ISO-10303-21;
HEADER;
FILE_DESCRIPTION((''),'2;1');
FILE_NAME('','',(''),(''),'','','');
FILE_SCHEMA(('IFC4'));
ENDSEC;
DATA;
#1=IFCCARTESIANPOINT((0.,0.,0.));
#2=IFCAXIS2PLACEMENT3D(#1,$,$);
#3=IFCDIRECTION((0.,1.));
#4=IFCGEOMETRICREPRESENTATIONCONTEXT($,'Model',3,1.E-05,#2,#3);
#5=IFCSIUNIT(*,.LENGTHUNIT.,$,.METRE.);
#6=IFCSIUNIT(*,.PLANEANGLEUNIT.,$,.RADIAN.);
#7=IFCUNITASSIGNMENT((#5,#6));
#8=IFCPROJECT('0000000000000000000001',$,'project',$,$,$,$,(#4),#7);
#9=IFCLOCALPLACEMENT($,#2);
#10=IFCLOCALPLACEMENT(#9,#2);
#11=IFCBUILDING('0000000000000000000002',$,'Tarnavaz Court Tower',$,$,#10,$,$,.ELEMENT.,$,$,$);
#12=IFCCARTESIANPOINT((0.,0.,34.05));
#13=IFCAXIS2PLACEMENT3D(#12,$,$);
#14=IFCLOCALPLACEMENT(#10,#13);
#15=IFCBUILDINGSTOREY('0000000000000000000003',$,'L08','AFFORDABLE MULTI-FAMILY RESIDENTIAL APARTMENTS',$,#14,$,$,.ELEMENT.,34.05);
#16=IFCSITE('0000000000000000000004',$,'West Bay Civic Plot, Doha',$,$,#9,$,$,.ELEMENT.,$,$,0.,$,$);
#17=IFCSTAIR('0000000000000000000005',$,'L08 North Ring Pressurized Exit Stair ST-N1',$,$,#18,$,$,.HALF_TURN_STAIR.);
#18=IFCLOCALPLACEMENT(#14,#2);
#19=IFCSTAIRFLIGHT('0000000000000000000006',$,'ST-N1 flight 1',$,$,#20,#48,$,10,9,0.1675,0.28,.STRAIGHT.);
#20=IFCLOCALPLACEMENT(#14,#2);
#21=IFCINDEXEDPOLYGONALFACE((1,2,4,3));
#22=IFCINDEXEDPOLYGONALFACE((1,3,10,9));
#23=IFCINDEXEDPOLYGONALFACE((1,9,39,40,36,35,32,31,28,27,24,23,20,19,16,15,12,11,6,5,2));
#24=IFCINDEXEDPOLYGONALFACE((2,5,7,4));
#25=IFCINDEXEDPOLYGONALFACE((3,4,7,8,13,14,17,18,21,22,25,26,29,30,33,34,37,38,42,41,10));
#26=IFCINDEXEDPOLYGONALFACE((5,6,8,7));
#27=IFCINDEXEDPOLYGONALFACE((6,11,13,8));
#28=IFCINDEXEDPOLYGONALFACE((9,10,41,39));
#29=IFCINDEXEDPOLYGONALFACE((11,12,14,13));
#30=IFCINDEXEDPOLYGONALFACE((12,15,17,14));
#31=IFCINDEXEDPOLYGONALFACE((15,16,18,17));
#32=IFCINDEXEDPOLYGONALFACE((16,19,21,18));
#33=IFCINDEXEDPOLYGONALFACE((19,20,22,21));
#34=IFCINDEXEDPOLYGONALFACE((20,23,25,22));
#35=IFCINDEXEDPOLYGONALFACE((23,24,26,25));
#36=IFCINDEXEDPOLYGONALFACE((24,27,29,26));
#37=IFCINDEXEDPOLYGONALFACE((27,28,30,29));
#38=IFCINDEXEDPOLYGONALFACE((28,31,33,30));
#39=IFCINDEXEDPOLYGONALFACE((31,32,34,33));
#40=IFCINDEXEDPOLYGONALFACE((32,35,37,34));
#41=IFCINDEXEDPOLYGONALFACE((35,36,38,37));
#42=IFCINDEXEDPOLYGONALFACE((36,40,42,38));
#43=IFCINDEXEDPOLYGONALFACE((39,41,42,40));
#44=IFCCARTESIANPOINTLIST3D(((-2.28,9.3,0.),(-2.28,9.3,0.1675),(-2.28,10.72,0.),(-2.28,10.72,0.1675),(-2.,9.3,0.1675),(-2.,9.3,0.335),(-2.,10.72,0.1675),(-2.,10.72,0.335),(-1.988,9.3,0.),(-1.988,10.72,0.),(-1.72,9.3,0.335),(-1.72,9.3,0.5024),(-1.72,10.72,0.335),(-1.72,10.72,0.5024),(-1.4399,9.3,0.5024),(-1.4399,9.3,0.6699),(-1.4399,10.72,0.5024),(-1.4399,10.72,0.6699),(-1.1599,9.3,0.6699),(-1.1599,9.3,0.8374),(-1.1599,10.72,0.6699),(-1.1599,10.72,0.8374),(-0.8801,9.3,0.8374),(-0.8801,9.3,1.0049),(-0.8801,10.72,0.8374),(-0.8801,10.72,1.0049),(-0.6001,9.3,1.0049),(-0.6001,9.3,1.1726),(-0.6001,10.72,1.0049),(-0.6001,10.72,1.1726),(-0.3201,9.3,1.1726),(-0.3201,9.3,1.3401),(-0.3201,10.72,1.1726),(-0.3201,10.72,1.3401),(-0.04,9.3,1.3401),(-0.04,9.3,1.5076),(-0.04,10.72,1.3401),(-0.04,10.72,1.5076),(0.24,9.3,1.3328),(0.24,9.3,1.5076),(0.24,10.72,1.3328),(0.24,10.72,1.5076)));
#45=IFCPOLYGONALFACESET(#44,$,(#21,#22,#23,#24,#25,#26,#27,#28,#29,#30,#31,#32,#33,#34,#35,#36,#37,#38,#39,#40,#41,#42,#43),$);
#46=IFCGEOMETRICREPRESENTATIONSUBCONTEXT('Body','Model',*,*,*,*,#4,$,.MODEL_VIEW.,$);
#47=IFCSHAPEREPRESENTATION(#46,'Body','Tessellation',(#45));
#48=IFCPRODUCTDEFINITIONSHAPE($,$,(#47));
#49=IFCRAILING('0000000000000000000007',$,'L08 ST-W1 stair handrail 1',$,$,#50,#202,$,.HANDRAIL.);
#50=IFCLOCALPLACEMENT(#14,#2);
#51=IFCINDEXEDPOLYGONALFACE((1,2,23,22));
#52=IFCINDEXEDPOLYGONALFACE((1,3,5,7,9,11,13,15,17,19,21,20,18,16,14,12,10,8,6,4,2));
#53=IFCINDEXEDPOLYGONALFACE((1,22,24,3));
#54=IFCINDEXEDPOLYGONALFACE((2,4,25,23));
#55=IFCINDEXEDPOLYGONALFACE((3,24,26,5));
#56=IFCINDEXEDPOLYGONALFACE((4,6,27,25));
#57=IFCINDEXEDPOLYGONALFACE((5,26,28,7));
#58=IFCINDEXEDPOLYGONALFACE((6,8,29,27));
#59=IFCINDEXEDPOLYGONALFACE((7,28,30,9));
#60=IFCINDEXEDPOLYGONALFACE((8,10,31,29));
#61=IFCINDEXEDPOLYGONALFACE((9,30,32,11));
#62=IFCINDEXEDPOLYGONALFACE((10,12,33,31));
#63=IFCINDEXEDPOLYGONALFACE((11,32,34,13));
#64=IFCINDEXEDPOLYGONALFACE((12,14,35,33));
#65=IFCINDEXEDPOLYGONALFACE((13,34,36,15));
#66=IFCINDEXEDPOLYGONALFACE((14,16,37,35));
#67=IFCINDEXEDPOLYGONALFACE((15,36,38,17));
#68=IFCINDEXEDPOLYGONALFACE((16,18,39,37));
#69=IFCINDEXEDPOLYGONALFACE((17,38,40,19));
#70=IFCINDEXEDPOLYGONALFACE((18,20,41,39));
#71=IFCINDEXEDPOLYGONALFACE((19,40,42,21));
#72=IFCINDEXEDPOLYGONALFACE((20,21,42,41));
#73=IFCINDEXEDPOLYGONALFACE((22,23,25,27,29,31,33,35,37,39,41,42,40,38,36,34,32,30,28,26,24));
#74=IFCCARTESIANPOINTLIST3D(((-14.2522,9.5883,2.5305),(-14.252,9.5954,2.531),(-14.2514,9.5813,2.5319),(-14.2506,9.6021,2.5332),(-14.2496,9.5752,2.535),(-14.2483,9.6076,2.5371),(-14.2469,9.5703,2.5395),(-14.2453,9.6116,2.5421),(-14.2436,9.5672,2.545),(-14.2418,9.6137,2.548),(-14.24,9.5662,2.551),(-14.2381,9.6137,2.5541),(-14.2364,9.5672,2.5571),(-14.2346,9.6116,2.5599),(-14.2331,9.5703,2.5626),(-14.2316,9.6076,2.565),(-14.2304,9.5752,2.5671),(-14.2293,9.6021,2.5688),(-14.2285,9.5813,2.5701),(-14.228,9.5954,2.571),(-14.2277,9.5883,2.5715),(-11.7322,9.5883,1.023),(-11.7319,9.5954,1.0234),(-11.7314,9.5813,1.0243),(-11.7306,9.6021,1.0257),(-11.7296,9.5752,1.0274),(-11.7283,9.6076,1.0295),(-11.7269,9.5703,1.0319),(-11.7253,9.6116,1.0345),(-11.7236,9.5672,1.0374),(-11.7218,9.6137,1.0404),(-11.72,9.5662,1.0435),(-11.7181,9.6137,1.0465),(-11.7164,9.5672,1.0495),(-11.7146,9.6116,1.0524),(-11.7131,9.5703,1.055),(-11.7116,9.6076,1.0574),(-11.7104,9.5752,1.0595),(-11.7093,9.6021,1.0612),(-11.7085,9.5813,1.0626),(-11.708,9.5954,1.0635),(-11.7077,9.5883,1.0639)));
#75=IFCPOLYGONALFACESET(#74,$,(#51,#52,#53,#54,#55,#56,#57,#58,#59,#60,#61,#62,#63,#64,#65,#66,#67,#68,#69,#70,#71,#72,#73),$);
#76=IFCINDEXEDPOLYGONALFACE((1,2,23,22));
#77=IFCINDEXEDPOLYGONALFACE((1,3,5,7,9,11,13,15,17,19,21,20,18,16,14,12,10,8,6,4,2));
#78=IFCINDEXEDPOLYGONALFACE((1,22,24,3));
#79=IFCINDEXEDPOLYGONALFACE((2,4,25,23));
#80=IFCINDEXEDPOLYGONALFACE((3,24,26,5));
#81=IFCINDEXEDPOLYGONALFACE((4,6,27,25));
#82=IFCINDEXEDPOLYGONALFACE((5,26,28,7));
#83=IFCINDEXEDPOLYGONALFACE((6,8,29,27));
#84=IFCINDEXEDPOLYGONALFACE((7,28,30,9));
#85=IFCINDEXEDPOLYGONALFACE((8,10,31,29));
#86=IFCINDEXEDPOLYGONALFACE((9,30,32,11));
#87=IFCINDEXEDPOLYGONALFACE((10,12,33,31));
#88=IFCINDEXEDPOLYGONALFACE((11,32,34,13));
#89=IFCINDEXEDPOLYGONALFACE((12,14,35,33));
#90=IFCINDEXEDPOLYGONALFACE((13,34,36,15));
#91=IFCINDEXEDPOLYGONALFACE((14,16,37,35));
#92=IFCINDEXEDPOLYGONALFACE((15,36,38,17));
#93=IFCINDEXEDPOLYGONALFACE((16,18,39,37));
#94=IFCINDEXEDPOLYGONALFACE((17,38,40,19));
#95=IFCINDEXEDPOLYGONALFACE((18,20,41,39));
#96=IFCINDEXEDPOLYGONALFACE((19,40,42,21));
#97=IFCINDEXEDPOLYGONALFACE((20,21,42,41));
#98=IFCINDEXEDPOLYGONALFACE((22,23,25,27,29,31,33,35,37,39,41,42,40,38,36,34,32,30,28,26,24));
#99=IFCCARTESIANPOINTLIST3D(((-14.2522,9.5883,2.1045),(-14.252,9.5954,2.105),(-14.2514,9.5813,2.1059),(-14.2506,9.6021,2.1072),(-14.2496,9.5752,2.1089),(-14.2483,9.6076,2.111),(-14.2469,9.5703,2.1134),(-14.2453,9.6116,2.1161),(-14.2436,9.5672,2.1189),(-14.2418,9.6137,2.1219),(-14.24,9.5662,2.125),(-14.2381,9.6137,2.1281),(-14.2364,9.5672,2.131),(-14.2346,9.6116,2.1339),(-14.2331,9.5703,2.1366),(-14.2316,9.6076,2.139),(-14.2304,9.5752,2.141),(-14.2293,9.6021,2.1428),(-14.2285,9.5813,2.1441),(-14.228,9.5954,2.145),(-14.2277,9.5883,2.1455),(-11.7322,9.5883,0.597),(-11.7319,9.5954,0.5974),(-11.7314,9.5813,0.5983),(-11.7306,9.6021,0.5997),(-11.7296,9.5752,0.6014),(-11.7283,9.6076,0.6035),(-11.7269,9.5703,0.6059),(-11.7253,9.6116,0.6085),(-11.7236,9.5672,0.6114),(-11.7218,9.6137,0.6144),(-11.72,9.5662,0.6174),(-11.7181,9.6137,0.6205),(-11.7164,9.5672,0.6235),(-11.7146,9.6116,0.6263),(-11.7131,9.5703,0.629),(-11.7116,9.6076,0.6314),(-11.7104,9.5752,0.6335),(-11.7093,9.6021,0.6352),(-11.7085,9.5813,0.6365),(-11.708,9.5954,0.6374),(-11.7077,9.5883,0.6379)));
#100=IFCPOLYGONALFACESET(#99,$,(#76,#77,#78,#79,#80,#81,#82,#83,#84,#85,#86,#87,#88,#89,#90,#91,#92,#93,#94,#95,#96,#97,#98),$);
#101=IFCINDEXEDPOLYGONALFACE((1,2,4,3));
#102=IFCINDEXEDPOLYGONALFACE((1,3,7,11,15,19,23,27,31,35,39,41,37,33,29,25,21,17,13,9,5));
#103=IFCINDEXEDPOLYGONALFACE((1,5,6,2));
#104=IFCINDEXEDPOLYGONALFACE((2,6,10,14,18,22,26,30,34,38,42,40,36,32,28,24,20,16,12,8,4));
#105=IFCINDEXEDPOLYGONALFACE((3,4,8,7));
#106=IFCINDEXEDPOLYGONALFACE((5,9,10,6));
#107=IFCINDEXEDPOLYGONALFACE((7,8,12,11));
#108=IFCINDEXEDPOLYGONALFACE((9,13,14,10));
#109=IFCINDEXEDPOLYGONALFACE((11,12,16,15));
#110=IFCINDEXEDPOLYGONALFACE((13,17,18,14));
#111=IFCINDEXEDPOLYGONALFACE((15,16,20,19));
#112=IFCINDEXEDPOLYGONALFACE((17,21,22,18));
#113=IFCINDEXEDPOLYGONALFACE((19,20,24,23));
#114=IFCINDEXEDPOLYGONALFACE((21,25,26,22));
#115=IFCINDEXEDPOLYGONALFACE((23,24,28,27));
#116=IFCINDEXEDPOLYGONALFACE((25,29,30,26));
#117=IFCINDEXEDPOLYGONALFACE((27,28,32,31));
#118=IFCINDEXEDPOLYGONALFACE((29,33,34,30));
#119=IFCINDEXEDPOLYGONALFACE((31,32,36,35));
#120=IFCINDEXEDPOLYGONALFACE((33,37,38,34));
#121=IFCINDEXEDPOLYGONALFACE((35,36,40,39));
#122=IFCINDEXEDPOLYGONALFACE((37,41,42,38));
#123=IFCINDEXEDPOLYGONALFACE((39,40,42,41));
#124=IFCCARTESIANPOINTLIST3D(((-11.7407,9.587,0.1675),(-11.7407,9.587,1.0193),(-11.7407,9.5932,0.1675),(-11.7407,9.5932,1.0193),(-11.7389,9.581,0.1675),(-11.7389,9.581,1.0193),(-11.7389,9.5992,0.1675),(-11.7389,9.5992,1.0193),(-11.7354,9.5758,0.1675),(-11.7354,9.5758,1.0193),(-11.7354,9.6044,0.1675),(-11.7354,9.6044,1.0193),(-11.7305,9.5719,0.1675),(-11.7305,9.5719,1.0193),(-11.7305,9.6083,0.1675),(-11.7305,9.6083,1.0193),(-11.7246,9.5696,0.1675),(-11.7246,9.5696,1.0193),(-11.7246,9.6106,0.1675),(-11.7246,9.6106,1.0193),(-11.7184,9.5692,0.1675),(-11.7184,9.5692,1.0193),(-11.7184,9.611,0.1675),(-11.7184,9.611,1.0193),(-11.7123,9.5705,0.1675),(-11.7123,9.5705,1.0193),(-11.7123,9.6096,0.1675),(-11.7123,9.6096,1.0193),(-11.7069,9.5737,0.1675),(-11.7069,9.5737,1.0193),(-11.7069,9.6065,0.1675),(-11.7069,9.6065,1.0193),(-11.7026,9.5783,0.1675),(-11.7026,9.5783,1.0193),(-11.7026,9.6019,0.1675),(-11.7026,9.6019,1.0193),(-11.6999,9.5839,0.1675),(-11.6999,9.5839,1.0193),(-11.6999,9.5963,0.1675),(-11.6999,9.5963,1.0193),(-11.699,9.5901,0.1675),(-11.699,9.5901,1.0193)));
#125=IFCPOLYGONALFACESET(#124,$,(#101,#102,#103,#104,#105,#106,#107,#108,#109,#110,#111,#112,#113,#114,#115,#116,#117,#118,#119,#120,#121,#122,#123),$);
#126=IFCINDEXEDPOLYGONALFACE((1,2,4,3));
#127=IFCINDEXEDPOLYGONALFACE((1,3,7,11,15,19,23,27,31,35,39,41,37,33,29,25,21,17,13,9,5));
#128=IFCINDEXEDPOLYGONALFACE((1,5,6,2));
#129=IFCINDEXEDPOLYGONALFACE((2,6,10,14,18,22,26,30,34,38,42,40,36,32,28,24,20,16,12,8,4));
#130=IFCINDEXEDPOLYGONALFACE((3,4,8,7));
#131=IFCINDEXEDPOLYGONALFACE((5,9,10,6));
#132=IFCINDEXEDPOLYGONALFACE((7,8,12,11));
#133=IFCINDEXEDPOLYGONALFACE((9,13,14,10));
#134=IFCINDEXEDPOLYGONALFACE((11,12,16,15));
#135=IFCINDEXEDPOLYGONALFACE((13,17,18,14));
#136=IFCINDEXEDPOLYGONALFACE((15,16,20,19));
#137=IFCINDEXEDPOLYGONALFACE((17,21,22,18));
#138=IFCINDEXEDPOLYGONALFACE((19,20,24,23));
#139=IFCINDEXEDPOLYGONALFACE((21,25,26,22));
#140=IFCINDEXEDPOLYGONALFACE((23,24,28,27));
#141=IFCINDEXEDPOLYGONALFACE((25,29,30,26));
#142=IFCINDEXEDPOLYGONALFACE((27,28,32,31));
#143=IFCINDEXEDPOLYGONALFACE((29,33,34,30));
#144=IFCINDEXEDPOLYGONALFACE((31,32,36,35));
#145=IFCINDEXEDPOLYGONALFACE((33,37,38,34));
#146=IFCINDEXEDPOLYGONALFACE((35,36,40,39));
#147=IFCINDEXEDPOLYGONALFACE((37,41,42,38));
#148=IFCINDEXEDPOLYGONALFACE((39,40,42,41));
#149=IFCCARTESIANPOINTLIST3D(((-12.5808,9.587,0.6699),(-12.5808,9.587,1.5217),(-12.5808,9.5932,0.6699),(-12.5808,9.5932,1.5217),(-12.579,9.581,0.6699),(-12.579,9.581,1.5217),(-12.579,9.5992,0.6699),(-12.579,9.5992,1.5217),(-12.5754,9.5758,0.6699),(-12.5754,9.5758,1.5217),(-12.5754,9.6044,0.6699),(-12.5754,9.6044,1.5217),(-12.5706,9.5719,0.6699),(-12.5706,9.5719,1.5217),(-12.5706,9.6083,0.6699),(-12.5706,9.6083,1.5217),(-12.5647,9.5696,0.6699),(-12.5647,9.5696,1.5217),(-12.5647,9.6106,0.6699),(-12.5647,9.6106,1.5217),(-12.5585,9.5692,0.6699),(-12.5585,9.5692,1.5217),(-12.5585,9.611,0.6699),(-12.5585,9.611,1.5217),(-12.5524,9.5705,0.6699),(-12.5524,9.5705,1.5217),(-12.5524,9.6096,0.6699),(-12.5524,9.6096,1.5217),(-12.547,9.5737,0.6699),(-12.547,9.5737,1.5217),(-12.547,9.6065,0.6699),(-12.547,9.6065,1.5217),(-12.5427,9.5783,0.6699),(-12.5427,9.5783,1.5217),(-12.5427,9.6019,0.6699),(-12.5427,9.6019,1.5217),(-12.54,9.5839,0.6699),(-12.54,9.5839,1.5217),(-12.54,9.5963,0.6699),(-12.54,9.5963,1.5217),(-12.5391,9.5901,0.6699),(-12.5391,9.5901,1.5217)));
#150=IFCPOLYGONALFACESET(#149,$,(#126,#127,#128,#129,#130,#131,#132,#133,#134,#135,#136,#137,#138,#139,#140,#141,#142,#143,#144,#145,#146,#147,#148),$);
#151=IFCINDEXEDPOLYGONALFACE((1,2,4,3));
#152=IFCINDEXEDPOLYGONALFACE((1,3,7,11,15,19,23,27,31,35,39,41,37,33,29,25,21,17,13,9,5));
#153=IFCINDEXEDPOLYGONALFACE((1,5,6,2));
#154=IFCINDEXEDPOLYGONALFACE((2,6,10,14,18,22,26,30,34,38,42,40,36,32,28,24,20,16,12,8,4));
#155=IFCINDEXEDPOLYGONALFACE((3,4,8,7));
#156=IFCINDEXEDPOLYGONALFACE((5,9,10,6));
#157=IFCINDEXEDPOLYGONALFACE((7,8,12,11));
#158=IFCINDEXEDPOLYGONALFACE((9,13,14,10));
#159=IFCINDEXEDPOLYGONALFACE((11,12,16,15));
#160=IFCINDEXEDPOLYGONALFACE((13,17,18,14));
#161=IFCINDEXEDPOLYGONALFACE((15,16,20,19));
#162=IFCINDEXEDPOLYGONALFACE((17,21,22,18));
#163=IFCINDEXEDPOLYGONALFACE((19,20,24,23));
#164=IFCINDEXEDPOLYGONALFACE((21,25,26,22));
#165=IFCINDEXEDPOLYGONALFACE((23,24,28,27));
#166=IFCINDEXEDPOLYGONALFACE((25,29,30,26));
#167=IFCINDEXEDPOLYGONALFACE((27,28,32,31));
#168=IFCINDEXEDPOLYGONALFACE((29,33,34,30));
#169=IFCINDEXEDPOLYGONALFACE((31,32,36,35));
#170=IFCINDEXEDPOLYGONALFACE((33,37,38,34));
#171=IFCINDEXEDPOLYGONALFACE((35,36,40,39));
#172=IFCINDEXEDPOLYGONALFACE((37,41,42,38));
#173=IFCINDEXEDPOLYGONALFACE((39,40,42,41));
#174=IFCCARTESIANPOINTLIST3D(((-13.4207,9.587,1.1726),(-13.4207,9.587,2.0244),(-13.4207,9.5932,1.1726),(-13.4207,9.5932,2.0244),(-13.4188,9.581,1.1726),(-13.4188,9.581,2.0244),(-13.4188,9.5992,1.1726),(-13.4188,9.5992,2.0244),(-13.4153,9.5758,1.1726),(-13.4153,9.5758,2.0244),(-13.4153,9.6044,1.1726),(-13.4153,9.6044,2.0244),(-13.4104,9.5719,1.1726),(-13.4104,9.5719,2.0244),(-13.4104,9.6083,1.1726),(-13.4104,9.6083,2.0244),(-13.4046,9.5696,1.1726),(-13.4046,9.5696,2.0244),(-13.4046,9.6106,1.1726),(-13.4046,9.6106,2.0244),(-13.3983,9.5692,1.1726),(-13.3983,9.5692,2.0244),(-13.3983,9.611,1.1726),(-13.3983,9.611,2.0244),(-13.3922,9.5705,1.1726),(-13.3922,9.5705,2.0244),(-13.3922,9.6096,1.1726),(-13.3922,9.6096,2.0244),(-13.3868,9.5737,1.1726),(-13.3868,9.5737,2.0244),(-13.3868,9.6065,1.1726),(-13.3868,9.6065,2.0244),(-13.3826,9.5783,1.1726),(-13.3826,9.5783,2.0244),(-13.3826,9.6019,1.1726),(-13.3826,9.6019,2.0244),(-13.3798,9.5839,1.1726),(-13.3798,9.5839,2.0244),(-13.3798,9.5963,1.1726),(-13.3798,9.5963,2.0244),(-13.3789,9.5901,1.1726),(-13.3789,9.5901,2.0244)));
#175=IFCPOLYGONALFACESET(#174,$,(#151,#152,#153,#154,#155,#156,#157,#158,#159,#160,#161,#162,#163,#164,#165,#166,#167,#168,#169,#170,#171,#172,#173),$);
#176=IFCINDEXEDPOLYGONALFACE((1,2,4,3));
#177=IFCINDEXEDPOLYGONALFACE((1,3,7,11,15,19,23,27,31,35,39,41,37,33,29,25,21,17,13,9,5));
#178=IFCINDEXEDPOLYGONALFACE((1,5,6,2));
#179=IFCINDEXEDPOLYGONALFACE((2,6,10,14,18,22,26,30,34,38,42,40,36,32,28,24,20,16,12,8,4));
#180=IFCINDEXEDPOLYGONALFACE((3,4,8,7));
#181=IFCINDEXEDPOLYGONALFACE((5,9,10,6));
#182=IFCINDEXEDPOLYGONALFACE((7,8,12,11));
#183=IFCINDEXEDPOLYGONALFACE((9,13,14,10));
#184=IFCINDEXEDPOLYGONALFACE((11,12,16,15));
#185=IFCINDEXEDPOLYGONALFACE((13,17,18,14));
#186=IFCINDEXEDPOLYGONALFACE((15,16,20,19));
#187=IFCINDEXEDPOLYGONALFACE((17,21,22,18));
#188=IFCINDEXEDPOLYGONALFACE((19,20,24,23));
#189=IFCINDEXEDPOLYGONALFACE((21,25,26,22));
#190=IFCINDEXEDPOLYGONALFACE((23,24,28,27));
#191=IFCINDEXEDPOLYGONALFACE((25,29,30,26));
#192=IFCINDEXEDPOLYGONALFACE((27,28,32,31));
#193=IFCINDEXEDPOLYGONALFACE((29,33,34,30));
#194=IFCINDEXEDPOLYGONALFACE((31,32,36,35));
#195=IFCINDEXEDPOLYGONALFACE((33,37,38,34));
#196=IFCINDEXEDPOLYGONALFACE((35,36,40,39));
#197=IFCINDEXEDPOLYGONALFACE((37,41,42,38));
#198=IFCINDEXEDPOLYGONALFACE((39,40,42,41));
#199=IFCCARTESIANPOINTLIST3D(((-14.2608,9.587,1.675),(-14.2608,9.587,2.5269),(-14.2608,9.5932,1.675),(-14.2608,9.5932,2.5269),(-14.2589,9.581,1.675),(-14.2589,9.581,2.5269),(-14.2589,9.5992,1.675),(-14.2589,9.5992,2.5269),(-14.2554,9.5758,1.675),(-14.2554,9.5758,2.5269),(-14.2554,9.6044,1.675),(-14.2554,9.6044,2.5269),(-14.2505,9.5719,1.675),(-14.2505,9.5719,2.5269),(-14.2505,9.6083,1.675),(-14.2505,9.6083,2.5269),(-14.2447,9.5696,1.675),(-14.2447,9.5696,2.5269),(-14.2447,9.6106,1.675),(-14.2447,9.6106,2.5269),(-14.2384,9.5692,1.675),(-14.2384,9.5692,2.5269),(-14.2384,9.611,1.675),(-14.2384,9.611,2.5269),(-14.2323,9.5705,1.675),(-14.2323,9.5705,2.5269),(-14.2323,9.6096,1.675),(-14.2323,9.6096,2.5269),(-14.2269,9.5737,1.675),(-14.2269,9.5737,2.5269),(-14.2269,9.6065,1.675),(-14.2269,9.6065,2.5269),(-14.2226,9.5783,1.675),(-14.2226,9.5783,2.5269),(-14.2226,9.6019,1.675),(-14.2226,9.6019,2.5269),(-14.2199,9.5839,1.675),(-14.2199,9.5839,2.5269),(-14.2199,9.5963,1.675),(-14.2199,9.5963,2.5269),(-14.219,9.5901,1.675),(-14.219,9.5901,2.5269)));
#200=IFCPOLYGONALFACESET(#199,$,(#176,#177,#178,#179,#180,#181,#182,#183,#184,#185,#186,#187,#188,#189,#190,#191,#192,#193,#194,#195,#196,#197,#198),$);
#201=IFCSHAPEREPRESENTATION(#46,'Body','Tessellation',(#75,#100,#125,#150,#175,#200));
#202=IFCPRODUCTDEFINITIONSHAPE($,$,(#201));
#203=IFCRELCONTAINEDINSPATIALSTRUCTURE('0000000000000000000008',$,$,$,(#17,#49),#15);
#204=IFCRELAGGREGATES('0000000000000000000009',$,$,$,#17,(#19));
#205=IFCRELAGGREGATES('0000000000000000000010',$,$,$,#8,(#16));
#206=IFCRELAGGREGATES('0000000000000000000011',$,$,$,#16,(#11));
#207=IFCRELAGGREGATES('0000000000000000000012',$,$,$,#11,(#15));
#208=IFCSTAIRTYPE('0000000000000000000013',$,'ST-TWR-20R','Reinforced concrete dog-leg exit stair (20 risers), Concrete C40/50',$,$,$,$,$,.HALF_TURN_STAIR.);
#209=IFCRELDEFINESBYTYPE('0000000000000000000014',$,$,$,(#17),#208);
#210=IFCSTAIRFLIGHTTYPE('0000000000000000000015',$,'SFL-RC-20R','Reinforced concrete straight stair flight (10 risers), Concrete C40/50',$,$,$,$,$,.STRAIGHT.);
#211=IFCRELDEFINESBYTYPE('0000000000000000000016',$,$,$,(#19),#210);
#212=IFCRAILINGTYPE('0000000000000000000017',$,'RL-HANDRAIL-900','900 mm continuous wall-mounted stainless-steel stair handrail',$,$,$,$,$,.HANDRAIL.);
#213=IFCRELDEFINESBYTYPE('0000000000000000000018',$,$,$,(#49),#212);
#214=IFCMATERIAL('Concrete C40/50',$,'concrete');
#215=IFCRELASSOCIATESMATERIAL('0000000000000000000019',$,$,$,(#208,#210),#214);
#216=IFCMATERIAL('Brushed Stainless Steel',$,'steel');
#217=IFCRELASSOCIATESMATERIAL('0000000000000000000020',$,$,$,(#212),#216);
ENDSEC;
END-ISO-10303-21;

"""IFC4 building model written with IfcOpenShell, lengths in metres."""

from ifc_helpers import new_model, si_unit, direction, frame, origin, origin_2d, place, context, subcontext, project, spatial, polyline, circle, outline, extrude, material, type_object, element, aggregate, save


model = new_model("IFC4")

# Units and contexts
model_context = context("Model", 3, precision=1e-05, world=origin(), true_north=direction((0.0, 1.0)))
body_context = subcontext(model_context, "Body", "Model", "MODEL_VIEW")
ifc_project = project(units=[si_unit("LENGTHUNIT", "METRE"), si_unit("PLANEANGLEUNIT", "RADIAN")], contexts=[model_context])

# Site, building, storey
site_placement = place(None, origin())
site = spatial("IfcSite", under=ifc_project, at=site_placement, Name="West Bay Civic Plot, Doha", CompositionType="ELEMENT", RefElevation=0.0)
building_placement = place(site_placement, origin())
building = spatial("IfcBuilding", under=site, at=building_placement, Name="Tarnavaz Court Tower", CompositionType="ELEMENT")
storey_placement = place(building_placement, frame((0.0, 0.0, 34.05)))
storey = spatial("IfcBuildingStorey", under=building, at=storey_placement, Name="L08", Description="AFFORDABLE MULTI-FAMILY RESIDENTIAL APARTMENTS", CompositionType="ELEMENT", Elevation=34.05)

# Stair, stair flight
ifc_material_1 = material(Name="Concrete C40/50", Category="concrete")
stair_type = type_object("IfcStairType", Name="ST-TWR-20R", Description="Reinforced concrete dog-leg exit stair (20 risers), Concrete C40/50", PredefinedType="HALF_TURN_STAIR", material=ifc_material_1)
stair_flight_type = type_object("IfcStairFlightType", Name="SFL-RC-20R", Description="Reinforced concrete straight stair flight (10 risers), Concrete C40/50", PredefinedType="STRAIGHT", material=ifc_material_1)
stair_1_placement = place(storey_placement, origin())
stair_1 = element("IfcStair", 1, at=stair_1_placement, inside=storey, type_object=stair_type, Name="L08 North Ring Pressurized Exit Stair ST-N1", PredefinedType="HALF_TURN_STAIR")
stair_flight_1_placement = place(storey_placement, frame((-2.28, 10.01, 0.0), z_axis=(0.0, 0.0, 1.0), x_axis=(1.0, 0.0, 0.0)))
stair_flight_1 = element("IfcStairFlight", 2, at=stair_flight_1_placement, type_object=stair_flight_type, Name="ST-N1 flight 1", NumberOfRisers=10, NumberOfTreads=9, PredefinedType="STRAIGHT", RiserHeight=0.1675, TreadLength=0.28, context=body_context, shape_type="SweptSolid", body=[
    extrude(outline(polyline([(0.0, 0.0), (0.0, 0.1675), (0.28, 0.1675), (0.28, 0.335), (0.5601, 0.335), (0.5601, 0.5024), (0.8401, 0.5024), (0.8401, 0.6699), (1.1201, 0.6699), (1.1201, 0.8374), (1.3999, 0.8374), (1.3999, 1.0049), (1.6799, 1.0049), (1.6799, 1.1726), (1.96, 1.1726), (1.96, 1.3401), (2.24, 1.3401), (2.24, 1.5076), (2.52, 1.5076), (2.52, 1.675), (2.52, 1.3328), (0.292, 0.0), (0.0, 0.0)])), frame((0.0, 0.71, 0.0), z_axis=(0.0, -1.0, 0.0), x_axis=(1.0, 0.0, 0.0)), (0.0, 0.0, 1.0), 1.4199),
])
aggregate(stair_1, [stair_flight_1])

# Railing
ifc_material_2 = material(Name="Brushed Stainless Steel", Category="steel")
railing_type_1 = type_object("IfcRailingType", Name="RL-HANDRAIL-900", Description="900 mm continuous wall-mounted stainless-steel stair handrail", PredefinedType="HANDRAIL", material=ifc_material_2)
railing_1_placement = place(storey_placement, frame((-11.72, 9.5901, 0.1675)))
element("IfcRailing", 3, at=railing_1_placement, inside=storey, type_object=railing_type_1, Name="L08 ST-W1 stair handrail 1", PredefinedType="HANDRAIL", context=body_context, shape_type="SweptSolid", body=[
    extrude(circle(Radius=0.0239, at=origin_2d()), frame((0.0, 0.0, 0.876), z_axis=(-0.85816, 0.0, 0.513383), x_axis=(0.0, -1.0, 0.0)), (0.0, 0.0, 1.0), 2.9365),
    extrude(circle(Radius=0.0239, at=origin_2d()), frame((0.0, 0.0, 0.45), z_axis=(-0.85816, 0.0, 0.513383), x_axis=(0.0, -1.0, 0.0)), (0.0, 0.0, 1.0), 2.9365),
    extrude(circle(Radius=0.021, at=origin_2d()), origin(), (0.0, 0.0, 1.0), 0.8518),
    extrude(circle(Radius=0.021, at=origin_2d()), frame((-0.8401, 0.0, 0.5024)), (0.0, 0.0, 1.0), 0.8518),
    extrude(circle(Radius=0.021, at=origin_2d()), frame((-1.6799, 0.0, 1.0051)), (0.0, 0.0, 1.0), 0.8518),
    extrude(circle(Radius=0.021, at=origin_2d()), frame((-2.52, 0.0, 1.5076)), (0.0, 0.0, 1.0), 0.8518),
])

save(model, "model.ifc")
